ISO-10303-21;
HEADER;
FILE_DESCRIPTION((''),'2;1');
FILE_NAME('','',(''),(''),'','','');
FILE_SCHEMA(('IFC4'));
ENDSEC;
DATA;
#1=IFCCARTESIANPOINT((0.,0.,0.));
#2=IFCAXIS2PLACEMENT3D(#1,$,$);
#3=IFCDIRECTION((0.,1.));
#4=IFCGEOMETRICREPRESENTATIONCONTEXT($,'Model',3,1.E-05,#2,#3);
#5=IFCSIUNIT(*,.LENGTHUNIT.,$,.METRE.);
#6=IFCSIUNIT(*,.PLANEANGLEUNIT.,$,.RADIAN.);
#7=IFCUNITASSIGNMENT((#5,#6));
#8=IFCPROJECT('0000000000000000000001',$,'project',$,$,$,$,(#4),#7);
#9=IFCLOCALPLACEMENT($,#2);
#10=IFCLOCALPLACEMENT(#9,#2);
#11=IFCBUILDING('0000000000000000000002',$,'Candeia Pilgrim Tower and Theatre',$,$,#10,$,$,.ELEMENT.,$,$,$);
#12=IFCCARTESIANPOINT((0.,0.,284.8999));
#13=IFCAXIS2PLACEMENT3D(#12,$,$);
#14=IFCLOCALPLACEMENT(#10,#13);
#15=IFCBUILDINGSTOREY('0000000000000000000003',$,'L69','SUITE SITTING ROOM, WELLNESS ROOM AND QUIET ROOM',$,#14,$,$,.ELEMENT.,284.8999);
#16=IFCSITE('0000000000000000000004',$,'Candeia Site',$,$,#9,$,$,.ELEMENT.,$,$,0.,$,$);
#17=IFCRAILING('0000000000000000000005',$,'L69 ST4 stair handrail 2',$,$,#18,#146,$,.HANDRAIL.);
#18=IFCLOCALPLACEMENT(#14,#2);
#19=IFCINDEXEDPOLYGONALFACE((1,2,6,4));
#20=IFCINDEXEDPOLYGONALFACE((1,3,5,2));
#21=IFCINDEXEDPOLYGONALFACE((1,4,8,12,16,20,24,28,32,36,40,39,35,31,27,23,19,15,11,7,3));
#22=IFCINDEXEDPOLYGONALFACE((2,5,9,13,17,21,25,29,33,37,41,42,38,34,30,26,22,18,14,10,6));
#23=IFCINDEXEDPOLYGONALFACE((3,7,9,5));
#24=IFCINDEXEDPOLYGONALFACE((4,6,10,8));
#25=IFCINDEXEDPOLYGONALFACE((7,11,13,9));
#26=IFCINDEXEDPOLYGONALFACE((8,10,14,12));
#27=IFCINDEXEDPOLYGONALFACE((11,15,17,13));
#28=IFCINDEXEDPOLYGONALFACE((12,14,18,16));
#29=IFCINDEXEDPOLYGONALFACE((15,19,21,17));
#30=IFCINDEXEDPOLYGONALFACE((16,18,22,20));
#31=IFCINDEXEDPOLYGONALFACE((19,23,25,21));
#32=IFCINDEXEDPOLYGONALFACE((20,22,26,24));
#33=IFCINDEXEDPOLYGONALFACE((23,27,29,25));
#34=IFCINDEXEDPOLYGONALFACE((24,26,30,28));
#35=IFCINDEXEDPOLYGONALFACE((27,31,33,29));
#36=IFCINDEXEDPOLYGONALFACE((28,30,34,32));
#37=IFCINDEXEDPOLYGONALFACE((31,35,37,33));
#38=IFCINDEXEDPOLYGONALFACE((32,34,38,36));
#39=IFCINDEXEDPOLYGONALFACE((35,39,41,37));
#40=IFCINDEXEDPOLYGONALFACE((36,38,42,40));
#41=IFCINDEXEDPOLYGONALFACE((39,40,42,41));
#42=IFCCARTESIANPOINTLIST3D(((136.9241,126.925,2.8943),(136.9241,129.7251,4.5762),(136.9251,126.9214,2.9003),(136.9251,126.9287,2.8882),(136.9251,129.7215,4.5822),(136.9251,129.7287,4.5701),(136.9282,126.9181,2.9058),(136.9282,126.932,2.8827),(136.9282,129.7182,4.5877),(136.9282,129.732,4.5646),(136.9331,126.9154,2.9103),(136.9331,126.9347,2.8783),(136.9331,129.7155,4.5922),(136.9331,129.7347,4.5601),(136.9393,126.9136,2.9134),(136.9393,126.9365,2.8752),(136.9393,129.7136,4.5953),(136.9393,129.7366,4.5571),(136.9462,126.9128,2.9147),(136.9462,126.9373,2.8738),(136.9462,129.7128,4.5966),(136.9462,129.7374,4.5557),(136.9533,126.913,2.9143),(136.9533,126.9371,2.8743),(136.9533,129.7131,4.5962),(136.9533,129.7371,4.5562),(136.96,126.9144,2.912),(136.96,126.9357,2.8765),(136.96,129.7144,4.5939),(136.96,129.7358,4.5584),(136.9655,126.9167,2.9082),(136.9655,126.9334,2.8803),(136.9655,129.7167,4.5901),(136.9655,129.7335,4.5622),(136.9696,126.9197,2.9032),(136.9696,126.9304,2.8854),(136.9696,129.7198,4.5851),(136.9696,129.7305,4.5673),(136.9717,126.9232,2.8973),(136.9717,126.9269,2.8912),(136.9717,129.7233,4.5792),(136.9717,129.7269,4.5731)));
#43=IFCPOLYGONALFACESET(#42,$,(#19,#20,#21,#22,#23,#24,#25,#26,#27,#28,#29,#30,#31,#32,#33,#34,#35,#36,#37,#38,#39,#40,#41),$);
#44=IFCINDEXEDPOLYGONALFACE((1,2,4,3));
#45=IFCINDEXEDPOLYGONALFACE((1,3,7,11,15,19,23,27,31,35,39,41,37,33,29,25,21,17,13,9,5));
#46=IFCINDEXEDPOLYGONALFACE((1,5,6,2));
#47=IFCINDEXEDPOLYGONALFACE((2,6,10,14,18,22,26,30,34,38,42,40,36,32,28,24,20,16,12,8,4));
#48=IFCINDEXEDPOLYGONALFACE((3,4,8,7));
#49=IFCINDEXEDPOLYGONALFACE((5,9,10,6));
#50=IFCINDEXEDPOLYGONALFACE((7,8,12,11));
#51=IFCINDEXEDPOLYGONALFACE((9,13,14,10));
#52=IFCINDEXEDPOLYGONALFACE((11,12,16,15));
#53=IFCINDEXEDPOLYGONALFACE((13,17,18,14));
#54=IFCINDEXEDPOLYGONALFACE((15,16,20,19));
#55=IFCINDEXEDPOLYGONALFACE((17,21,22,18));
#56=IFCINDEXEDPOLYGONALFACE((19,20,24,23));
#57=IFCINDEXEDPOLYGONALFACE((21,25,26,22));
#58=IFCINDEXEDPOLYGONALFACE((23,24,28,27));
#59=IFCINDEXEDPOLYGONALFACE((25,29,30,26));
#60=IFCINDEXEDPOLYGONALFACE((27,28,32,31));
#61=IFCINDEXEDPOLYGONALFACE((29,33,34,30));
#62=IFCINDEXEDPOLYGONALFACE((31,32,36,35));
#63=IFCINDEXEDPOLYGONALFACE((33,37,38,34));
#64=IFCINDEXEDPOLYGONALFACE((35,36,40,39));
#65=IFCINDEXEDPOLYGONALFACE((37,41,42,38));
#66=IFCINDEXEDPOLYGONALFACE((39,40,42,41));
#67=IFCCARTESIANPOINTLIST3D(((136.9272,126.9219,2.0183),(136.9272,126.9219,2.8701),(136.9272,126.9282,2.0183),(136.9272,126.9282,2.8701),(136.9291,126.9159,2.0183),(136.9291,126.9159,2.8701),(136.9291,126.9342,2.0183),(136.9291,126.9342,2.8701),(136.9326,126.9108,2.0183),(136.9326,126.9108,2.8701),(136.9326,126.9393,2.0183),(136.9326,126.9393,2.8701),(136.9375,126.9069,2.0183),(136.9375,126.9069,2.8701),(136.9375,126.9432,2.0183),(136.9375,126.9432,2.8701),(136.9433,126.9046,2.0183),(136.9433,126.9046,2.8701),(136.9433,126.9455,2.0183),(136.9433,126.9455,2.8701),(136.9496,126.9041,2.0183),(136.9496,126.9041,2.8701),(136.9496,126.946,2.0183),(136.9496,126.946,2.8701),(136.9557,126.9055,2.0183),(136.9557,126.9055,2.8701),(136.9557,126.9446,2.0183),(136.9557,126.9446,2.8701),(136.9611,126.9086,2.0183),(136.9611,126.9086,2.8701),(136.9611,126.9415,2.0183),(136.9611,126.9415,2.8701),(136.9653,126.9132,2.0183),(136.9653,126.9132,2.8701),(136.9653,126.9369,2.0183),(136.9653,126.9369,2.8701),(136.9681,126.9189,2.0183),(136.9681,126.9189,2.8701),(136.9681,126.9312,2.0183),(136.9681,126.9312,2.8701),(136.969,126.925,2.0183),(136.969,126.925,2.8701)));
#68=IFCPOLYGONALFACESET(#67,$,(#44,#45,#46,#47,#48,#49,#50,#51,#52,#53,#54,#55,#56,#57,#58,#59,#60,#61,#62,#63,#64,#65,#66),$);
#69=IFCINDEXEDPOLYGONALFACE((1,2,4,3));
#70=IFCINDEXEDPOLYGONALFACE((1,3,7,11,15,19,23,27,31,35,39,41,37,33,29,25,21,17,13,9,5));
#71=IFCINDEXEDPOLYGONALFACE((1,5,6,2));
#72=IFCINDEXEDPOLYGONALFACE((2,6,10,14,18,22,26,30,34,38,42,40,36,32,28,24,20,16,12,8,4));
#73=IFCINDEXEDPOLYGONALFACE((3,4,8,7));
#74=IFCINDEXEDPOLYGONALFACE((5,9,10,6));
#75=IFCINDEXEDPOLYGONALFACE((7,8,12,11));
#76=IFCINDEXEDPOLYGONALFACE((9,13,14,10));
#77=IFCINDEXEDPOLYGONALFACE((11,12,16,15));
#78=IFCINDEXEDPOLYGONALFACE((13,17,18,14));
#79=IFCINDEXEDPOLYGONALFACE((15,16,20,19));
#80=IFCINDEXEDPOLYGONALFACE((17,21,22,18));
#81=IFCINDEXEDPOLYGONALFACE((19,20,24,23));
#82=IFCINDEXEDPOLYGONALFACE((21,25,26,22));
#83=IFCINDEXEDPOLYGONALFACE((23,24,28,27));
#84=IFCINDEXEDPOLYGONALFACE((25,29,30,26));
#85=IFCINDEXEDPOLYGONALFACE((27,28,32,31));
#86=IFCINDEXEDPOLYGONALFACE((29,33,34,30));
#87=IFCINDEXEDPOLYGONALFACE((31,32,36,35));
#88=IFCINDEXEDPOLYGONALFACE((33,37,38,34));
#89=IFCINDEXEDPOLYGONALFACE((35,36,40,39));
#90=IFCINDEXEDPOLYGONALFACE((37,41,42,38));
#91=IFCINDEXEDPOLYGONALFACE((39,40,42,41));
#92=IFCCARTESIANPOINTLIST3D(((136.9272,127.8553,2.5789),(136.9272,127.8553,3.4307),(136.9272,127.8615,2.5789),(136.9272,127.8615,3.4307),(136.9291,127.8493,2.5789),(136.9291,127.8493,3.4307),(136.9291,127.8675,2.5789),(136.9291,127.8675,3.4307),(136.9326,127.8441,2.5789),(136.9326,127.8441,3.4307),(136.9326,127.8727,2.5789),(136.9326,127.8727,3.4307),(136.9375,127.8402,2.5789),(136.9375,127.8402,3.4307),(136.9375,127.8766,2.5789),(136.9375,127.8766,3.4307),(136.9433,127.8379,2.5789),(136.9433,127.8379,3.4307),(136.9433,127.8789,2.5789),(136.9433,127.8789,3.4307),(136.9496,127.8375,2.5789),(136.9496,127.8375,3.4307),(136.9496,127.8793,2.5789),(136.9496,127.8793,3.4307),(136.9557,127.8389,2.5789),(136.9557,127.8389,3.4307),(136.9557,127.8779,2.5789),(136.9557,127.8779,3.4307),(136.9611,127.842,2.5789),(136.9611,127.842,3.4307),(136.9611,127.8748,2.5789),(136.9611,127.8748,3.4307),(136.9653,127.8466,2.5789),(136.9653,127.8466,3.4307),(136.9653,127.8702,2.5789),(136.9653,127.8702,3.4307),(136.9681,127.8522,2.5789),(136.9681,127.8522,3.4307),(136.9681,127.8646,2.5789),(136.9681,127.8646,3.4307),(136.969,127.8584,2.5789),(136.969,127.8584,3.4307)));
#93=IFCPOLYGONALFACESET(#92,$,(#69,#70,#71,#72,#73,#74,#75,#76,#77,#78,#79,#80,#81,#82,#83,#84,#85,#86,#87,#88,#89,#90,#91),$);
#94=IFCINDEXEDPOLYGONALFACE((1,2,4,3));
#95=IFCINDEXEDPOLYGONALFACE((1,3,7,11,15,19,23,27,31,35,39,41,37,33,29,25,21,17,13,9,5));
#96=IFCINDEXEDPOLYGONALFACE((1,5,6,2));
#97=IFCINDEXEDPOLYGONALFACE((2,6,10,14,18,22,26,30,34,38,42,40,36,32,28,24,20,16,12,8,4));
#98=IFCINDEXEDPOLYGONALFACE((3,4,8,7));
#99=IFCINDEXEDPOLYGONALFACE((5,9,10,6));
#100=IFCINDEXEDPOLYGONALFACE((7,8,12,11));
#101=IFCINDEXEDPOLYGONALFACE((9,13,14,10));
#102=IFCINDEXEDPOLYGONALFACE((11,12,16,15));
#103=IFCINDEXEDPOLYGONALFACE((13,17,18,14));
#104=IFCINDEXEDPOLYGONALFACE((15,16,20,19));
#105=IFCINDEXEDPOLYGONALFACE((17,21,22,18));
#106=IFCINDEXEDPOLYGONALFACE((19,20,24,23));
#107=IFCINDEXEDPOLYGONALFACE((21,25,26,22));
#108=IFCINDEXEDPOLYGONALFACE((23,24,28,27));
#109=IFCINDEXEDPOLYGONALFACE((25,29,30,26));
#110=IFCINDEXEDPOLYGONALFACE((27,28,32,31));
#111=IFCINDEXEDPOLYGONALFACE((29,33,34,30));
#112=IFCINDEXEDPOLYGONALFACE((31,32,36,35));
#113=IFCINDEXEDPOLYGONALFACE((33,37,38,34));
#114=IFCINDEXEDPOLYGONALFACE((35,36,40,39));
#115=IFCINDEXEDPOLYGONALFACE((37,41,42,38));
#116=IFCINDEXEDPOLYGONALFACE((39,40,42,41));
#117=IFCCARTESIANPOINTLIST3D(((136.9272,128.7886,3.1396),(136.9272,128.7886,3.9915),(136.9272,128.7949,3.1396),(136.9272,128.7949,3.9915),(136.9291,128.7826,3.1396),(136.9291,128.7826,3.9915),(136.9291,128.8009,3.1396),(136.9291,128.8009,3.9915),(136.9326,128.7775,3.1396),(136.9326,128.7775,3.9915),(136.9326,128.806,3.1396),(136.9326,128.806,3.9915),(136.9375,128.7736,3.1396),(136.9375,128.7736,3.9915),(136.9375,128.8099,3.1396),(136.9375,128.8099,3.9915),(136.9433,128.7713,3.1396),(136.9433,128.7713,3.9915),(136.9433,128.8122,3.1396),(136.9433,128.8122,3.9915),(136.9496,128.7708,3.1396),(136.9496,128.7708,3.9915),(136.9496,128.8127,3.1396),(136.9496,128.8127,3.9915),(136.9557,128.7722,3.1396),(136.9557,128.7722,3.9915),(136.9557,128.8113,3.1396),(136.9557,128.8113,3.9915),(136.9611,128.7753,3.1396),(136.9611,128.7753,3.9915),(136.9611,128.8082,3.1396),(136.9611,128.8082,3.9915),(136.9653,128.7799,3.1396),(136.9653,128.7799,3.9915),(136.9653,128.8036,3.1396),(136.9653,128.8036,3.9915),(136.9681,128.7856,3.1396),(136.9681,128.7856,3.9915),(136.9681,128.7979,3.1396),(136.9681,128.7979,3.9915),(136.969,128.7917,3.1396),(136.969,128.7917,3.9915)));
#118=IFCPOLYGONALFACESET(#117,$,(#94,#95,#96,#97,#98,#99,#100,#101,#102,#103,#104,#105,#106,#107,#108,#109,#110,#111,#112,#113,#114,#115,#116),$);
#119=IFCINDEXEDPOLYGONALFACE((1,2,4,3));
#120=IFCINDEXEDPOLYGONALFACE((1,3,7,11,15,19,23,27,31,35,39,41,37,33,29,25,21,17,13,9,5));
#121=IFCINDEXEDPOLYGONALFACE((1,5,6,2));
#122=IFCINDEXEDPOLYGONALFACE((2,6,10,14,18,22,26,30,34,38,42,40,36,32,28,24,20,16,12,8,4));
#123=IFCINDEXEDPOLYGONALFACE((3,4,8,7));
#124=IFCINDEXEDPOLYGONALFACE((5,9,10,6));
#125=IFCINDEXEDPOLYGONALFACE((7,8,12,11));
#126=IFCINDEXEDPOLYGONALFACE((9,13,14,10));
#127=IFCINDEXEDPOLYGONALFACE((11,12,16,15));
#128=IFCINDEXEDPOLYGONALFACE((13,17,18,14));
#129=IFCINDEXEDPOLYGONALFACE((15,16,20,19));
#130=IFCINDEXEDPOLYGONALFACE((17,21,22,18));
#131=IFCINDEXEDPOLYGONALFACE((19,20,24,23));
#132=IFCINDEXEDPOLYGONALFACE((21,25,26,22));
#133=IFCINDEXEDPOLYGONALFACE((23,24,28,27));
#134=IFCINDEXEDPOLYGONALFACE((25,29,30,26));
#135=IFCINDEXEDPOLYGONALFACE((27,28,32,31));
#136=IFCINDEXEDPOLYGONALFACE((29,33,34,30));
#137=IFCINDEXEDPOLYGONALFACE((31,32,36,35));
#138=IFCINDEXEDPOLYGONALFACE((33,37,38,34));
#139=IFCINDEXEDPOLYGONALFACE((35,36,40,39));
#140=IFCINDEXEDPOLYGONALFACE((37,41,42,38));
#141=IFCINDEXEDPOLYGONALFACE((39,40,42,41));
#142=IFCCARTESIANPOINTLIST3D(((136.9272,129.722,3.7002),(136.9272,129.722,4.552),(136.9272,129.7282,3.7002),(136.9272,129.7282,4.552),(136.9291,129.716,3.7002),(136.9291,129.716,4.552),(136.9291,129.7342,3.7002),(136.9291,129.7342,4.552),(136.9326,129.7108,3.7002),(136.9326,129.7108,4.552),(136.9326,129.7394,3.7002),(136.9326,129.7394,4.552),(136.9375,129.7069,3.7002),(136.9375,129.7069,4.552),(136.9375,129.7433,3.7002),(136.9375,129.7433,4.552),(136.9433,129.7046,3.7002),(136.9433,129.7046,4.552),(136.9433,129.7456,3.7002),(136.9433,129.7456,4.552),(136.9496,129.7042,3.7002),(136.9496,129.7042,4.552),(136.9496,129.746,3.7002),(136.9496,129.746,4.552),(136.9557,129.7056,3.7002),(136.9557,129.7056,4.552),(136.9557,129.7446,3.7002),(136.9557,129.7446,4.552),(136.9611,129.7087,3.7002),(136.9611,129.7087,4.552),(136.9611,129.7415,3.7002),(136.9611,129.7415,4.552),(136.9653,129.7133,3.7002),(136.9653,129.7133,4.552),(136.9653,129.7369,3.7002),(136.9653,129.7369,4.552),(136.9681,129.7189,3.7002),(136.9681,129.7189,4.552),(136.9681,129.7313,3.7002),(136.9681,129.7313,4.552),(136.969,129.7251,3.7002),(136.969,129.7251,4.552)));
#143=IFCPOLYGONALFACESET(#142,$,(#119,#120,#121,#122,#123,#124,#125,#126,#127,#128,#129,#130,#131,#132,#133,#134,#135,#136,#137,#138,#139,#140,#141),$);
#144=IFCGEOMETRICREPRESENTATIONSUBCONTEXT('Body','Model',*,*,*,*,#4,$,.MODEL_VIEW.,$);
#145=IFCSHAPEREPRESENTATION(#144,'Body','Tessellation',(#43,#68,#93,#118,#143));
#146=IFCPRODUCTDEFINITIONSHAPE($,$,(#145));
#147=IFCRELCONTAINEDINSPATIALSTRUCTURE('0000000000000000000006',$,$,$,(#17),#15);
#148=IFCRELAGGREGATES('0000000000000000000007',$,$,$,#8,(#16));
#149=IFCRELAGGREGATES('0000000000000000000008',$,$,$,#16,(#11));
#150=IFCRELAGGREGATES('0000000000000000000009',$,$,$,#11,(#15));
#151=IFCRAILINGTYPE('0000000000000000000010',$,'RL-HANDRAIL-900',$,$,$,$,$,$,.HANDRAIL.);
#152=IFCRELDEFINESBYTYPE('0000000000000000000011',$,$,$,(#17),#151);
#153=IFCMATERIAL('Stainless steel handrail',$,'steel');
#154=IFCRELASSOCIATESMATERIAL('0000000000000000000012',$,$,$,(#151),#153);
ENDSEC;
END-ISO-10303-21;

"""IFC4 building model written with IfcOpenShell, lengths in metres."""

from ifc_helpers import new_model, si_unit, direction, frame, origin, origin_2d, place, context, subcontext, project, spatial, circle, extrude, material, type_object, element, save


model = new_model("IFC4")

# Units and contexts
model_context = context("Model", 3, precision=1e-05, world=origin(), true_north=direction((0.0, 1.0)))
body_context = subcontext(model_context, "Body", "Model", "MODEL_VIEW")
ifc_project = project(units=[si_unit("LENGTHUNIT", "METRE"), si_unit("PLANEANGLEUNIT", "RADIAN")], contexts=[model_context])

# Site, building, storey
site_placement = place(None, origin())
site = spatial("IfcSite", under=ifc_project, at=site_placement, Name="Candeia Site", CompositionType="ELEMENT", RefElevation=0.0)
building_placement = place(site_placement, origin())
building = spatial("IfcBuilding", under=site, at=building_placement, Name="Candeia Pilgrim Tower and Theatre", CompositionType="ELEMENT")
storey_placement = place(building_placement, frame((0.0, 0.0, 284.8999)))
storey = spatial("IfcBuildingStorey", under=building, at=storey_placement, Name="L69", Description="SUITE SITTING ROOM, WELLNESS ROOM AND QUIET ROOM", CompositionType="ELEMENT", Elevation=284.8999)

# Railing
ifc_material_1 = material(Name="Stainless steel handrail", Category="steel")
railing_type_1 = type_object("IfcRailingType", Name="RL-HANDRAIL-900", PredefinedType="HANDRAIL", material=ifc_material_1)
for number, where, name in (
    (1, (136.948, 126.925, 2.0183), "L69 ST4 stair handrail 2"),
):
    element("IfcRailing", number, at=place(storey_placement, frame(where)), inside=storey, type_object=railing_type_1, Name=name, PredefinedType="HANDRAIL", context=body_context, shape_type="SweptSolid", body=[
        extrude(circle(Radius=0.0239, at=origin_2d()), frame((0.0, 0.0, 0.876), z_axis=(0.0, 0.857242, 0.514913), x_axis=(-1.0, 0.0, 0.0)), (0.0, 0.0, 1.0), 3.2664),
        extrude(circle(Radius=0.021, at=origin_2d()), origin(), (0.0, 0.0, 1.0), 0.8518),
        extrude(circle(Radius=0.021, at=origin_2d()), frame((0.0, 0.9333, 0.5605)), (0.0, 0.0, 1.0), 0.8518),
        extrude(circle(Radius=0.021, at=origin_2d()), frame((0.0, 1.8667, 1.1213)), (0.0, 0.0, 1.0), 0.8518),
        extrude(circle(Radius=0.021, at=origin_2d()), frame((0.0, 2.8, 1.6819)), (0.0, 0.0, 1.0), 0.8518),
    ])

save(model, "model.ifc")
